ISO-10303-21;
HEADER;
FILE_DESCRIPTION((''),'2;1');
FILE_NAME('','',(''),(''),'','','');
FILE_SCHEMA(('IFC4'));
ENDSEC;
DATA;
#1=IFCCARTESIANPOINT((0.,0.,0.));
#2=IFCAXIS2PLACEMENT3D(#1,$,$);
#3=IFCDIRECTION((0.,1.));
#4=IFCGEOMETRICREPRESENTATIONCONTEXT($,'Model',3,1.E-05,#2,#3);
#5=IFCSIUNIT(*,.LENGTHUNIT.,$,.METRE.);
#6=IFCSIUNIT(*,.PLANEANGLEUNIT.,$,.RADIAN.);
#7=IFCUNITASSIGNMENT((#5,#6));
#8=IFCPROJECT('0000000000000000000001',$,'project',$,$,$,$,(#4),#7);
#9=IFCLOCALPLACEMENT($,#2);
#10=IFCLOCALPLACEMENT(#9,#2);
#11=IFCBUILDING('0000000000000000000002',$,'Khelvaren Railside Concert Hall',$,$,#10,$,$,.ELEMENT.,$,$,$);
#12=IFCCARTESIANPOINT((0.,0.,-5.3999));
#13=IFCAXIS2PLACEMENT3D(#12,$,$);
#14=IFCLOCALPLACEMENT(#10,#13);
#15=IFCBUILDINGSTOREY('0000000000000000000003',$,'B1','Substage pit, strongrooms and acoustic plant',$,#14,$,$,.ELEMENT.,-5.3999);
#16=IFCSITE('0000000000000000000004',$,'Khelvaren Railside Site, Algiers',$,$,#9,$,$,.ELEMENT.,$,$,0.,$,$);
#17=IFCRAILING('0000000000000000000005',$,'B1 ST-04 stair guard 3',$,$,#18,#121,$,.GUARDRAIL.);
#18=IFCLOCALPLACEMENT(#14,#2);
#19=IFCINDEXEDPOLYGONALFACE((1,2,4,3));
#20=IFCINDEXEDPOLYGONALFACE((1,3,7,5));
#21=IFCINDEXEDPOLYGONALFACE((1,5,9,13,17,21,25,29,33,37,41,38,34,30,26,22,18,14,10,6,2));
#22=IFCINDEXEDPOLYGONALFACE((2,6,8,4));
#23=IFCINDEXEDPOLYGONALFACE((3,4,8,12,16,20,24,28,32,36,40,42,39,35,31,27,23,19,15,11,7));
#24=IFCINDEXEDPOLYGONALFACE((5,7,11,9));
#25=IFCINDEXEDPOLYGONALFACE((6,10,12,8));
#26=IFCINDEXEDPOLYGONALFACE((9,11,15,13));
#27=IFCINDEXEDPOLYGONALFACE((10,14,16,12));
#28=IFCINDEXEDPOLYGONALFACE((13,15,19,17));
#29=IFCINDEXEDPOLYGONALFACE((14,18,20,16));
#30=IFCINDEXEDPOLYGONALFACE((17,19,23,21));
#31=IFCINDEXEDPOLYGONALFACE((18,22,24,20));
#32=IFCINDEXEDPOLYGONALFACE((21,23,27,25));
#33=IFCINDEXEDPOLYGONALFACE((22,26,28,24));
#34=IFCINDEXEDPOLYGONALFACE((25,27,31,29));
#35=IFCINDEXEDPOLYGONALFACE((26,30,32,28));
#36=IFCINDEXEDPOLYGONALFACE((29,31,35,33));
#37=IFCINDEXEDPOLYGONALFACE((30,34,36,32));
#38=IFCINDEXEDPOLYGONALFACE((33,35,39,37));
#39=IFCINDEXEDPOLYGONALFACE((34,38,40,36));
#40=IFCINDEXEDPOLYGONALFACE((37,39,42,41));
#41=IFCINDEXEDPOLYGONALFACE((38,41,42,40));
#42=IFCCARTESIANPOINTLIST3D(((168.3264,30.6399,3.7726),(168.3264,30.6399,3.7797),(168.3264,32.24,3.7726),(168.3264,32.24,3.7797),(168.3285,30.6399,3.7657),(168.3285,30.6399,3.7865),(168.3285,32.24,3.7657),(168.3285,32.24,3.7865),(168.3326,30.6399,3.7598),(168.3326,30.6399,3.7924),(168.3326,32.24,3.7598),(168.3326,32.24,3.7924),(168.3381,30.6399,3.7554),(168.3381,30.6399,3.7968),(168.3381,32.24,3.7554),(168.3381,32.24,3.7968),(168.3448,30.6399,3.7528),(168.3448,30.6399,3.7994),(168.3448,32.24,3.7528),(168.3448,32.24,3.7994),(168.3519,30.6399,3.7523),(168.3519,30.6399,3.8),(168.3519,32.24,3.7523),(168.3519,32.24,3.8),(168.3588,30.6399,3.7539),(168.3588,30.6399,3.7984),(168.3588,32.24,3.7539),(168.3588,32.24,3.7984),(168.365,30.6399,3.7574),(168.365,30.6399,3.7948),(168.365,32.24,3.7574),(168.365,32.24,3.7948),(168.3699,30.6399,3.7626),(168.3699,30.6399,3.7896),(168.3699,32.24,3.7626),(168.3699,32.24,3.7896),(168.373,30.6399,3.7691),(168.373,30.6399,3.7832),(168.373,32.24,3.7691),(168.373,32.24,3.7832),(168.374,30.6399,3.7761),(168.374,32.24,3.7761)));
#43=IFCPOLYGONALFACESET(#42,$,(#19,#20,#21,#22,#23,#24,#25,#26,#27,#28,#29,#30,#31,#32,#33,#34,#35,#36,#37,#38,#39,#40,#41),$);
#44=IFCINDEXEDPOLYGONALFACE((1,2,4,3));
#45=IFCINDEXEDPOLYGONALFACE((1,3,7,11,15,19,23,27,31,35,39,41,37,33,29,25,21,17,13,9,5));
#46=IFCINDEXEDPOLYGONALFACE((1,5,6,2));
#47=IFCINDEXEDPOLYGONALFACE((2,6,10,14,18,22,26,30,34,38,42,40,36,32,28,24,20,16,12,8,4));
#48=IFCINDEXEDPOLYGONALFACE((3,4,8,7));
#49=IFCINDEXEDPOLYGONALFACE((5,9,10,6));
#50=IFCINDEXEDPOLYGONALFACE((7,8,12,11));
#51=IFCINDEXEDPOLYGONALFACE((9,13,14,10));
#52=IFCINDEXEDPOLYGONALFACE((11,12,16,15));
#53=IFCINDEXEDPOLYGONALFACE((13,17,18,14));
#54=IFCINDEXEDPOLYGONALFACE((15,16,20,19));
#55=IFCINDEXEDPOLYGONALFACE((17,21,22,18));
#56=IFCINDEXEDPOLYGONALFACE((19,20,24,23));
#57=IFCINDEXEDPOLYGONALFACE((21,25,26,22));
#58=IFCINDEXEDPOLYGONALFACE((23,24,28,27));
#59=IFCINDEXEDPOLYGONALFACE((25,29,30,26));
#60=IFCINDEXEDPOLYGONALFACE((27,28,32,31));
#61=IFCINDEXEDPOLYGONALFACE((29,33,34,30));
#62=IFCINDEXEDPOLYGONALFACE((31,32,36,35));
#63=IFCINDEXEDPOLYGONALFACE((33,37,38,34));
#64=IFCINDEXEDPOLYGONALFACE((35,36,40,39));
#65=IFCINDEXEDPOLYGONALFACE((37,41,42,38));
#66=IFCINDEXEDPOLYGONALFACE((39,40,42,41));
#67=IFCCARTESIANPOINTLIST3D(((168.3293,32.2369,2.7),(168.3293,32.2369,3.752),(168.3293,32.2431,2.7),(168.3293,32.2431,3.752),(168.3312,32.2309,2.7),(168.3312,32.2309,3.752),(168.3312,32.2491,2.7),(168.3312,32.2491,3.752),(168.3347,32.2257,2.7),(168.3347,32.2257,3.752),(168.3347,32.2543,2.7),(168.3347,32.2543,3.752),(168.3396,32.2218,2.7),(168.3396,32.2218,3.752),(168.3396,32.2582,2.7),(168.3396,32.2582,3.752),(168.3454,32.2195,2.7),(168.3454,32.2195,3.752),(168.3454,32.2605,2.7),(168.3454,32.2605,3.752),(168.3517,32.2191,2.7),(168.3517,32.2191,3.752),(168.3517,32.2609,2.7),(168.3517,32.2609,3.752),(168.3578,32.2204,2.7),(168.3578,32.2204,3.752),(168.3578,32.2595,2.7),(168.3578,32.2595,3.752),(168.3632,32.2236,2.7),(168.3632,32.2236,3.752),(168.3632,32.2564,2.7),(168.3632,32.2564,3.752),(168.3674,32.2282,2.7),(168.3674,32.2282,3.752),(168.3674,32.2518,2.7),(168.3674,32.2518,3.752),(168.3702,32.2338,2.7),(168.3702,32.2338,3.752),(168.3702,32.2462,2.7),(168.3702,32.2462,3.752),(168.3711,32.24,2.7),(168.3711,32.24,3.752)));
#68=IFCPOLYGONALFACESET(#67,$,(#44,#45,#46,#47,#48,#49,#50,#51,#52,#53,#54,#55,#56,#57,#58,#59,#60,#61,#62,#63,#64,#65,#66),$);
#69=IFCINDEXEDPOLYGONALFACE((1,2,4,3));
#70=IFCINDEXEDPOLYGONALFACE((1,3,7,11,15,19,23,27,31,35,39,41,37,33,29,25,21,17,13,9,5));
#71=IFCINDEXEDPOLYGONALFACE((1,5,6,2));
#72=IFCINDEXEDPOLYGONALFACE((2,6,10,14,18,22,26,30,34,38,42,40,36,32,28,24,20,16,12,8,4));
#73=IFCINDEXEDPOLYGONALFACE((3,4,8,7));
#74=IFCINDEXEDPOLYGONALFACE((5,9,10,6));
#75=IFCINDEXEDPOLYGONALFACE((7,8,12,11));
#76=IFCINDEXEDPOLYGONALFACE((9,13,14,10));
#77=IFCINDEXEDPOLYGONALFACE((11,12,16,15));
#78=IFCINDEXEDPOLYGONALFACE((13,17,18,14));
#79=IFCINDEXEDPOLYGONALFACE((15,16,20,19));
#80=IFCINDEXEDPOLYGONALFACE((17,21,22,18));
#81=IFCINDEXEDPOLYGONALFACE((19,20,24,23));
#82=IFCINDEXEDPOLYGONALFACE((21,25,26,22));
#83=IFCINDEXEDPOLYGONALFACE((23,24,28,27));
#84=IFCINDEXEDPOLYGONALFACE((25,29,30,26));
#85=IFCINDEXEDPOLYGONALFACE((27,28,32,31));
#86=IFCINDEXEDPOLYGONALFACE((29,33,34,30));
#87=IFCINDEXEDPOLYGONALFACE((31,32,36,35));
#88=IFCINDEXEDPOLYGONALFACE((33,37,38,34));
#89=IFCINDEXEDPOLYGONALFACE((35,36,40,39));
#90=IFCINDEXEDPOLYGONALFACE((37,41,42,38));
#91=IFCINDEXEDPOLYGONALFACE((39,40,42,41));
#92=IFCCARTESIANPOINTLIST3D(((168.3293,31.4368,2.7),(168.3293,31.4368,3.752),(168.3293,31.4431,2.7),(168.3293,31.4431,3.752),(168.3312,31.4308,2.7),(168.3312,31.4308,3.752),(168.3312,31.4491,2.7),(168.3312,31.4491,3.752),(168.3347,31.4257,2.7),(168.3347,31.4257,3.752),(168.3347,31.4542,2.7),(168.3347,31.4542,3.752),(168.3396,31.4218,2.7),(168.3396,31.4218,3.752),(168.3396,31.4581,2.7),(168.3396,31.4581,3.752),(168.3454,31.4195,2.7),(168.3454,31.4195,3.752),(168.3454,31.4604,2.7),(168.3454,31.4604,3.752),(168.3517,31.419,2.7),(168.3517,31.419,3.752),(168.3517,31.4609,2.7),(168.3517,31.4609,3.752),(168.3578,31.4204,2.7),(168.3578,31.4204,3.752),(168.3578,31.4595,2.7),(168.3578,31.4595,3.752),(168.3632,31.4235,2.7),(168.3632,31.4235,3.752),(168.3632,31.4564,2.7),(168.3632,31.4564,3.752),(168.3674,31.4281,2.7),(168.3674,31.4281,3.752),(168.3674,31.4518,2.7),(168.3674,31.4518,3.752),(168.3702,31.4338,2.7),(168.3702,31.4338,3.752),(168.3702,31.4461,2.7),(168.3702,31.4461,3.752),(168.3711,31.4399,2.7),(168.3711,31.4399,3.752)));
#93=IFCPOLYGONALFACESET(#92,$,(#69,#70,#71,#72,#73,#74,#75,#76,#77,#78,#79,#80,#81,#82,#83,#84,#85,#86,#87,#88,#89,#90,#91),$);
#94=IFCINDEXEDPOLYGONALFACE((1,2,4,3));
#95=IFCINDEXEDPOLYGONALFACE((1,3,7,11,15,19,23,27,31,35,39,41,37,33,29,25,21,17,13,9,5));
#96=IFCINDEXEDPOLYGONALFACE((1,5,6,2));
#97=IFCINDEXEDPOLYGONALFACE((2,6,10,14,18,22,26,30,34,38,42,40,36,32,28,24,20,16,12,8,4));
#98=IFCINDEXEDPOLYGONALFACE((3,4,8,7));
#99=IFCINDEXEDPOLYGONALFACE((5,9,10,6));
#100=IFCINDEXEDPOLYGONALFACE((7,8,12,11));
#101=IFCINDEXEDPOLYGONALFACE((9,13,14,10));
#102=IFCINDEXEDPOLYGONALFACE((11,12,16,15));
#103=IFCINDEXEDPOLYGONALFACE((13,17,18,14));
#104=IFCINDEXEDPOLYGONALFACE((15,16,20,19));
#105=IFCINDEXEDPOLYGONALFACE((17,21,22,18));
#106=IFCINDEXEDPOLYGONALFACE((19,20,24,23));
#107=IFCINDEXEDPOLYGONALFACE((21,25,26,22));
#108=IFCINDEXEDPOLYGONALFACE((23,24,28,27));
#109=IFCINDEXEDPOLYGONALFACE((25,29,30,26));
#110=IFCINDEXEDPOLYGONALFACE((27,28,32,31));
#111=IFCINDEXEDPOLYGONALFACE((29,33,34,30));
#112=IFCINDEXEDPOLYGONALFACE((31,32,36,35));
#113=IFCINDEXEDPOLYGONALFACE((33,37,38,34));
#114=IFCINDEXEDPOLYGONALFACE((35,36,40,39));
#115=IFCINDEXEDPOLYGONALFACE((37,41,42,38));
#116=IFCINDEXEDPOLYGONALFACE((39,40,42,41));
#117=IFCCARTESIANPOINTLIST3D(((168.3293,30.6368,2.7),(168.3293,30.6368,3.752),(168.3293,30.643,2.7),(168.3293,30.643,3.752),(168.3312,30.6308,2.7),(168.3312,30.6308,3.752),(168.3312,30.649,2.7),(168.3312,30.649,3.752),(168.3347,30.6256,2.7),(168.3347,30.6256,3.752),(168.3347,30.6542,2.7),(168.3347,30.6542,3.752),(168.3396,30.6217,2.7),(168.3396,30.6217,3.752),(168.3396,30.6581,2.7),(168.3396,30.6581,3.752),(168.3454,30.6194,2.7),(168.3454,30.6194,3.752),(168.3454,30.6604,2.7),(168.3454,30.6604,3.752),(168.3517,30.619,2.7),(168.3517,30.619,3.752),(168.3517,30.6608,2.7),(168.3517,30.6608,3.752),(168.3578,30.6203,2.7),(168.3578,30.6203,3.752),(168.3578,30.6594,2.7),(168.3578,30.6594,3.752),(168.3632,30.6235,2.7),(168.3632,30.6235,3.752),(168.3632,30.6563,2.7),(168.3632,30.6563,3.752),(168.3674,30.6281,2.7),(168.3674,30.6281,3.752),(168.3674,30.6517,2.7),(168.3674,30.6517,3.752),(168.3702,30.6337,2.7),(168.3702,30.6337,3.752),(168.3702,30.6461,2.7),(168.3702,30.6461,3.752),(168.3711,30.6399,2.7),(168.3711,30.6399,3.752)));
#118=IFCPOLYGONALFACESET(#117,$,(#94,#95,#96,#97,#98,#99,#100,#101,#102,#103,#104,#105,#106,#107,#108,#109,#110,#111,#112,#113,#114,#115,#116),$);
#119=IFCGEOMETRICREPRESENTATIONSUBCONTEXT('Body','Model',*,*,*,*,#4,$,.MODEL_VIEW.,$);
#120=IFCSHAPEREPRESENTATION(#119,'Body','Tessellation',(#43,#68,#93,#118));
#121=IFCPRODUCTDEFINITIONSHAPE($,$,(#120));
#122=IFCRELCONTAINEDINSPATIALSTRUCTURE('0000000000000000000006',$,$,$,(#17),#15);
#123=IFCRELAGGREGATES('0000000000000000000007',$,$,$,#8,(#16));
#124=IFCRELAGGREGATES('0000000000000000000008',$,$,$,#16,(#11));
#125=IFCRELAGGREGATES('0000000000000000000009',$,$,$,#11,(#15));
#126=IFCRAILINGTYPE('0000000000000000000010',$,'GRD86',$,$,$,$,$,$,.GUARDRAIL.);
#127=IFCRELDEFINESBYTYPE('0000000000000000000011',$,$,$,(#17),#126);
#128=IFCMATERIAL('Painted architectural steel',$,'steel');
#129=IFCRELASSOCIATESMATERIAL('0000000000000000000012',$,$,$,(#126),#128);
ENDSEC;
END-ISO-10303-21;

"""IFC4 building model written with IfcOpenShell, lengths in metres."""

from ifc_helpers import new_model, si_unit, direction, frame, origin, origin_2d, place, context, subcontext, project, spatial, circle, extrude, material, type_object, element, save


model = new_model("IFC4")

# Units and contexts
model_context = context("Model", 3, precision=1e-05, world=origin(), true_north=direction((0.0, 1.0)))
body_context = subcontext(model_context, "Body", "Model", "MODEL_VIEW")
ifc_project = project(units=[si_unit("LENGTHUNIT", "METRE"), si_unit("PLANEANGLEUNIT", "RADIAN")], contexts=[model_context])

# Site, building, storey
site_placement = place(None, origin())
site = spatial("IfcSite", under=ifc_project, at=site_placement, Name="Khelvaren Railside Site, Algiers", CompositionType="ELEMENT", RefElevation=0.0)
building_placement = place(site_placement, origin())
building = spatial("IfcBuilding", under=site, at=building_placement, Name="Khelvaren Railside Concert Hall", CompositionType="ELEMENT")
storey_placement = place(building_placement, frame((0.0, 0.0, -5.3999)))
storey = spatial("IfcBuildingStorey", under=building, at=storey_placement, Name="B1", Description="Substage pit, strongrooms and acoustic plant", CompositionType="ELEMENT", Elevation=-5.3999)

# Railing
ifc_material_1 = material(Name="Painted architectural steel", Category="steel")
railing_type_1 = type_object("IfcRailingType", Name="GRD86", PredefinedType="GUARDRAIL", material=ifc_material_1)
railing_1_placement = place(storey_placement, frame((168.3501, 32.24, 2.7)))
element("IfcRailing", 1, at=railing_1_placement, inside=storey, type_object=railing_type_1, Name="B1 ST-04 stair guard 3", PredefinedType="GUARDRAIL", context=body_context, shape_type="SweptSolid", body=[
    extrude(circle(Radius=0.0239, at=origin_2d()), frame((0.0, 0.0, 1.0762), z_axis=(0.0, -1.0, 0.0), x_axis=(1.0, 0.0, 0.0)), (0.0, 0.0, 1.0), 1.6001),
    extrude(circle(Radius=0.021, at=origin_2d()), origin(), (0.0, 0.0, 1.0), 1.052),
    extrude(circle(Radius=0.021, at=origin_2d()), frame((0.0, -0.8, 0.0)), (0.0, 0.0, 1.0), 1.052),
    extrude(circle(Radius=0.021, at=origin_2d()), frame((0.0, -1.6001, 0.0)), (0.0, 0.0, 1.0), 1.052),
])

save(model, "model.ifc")
